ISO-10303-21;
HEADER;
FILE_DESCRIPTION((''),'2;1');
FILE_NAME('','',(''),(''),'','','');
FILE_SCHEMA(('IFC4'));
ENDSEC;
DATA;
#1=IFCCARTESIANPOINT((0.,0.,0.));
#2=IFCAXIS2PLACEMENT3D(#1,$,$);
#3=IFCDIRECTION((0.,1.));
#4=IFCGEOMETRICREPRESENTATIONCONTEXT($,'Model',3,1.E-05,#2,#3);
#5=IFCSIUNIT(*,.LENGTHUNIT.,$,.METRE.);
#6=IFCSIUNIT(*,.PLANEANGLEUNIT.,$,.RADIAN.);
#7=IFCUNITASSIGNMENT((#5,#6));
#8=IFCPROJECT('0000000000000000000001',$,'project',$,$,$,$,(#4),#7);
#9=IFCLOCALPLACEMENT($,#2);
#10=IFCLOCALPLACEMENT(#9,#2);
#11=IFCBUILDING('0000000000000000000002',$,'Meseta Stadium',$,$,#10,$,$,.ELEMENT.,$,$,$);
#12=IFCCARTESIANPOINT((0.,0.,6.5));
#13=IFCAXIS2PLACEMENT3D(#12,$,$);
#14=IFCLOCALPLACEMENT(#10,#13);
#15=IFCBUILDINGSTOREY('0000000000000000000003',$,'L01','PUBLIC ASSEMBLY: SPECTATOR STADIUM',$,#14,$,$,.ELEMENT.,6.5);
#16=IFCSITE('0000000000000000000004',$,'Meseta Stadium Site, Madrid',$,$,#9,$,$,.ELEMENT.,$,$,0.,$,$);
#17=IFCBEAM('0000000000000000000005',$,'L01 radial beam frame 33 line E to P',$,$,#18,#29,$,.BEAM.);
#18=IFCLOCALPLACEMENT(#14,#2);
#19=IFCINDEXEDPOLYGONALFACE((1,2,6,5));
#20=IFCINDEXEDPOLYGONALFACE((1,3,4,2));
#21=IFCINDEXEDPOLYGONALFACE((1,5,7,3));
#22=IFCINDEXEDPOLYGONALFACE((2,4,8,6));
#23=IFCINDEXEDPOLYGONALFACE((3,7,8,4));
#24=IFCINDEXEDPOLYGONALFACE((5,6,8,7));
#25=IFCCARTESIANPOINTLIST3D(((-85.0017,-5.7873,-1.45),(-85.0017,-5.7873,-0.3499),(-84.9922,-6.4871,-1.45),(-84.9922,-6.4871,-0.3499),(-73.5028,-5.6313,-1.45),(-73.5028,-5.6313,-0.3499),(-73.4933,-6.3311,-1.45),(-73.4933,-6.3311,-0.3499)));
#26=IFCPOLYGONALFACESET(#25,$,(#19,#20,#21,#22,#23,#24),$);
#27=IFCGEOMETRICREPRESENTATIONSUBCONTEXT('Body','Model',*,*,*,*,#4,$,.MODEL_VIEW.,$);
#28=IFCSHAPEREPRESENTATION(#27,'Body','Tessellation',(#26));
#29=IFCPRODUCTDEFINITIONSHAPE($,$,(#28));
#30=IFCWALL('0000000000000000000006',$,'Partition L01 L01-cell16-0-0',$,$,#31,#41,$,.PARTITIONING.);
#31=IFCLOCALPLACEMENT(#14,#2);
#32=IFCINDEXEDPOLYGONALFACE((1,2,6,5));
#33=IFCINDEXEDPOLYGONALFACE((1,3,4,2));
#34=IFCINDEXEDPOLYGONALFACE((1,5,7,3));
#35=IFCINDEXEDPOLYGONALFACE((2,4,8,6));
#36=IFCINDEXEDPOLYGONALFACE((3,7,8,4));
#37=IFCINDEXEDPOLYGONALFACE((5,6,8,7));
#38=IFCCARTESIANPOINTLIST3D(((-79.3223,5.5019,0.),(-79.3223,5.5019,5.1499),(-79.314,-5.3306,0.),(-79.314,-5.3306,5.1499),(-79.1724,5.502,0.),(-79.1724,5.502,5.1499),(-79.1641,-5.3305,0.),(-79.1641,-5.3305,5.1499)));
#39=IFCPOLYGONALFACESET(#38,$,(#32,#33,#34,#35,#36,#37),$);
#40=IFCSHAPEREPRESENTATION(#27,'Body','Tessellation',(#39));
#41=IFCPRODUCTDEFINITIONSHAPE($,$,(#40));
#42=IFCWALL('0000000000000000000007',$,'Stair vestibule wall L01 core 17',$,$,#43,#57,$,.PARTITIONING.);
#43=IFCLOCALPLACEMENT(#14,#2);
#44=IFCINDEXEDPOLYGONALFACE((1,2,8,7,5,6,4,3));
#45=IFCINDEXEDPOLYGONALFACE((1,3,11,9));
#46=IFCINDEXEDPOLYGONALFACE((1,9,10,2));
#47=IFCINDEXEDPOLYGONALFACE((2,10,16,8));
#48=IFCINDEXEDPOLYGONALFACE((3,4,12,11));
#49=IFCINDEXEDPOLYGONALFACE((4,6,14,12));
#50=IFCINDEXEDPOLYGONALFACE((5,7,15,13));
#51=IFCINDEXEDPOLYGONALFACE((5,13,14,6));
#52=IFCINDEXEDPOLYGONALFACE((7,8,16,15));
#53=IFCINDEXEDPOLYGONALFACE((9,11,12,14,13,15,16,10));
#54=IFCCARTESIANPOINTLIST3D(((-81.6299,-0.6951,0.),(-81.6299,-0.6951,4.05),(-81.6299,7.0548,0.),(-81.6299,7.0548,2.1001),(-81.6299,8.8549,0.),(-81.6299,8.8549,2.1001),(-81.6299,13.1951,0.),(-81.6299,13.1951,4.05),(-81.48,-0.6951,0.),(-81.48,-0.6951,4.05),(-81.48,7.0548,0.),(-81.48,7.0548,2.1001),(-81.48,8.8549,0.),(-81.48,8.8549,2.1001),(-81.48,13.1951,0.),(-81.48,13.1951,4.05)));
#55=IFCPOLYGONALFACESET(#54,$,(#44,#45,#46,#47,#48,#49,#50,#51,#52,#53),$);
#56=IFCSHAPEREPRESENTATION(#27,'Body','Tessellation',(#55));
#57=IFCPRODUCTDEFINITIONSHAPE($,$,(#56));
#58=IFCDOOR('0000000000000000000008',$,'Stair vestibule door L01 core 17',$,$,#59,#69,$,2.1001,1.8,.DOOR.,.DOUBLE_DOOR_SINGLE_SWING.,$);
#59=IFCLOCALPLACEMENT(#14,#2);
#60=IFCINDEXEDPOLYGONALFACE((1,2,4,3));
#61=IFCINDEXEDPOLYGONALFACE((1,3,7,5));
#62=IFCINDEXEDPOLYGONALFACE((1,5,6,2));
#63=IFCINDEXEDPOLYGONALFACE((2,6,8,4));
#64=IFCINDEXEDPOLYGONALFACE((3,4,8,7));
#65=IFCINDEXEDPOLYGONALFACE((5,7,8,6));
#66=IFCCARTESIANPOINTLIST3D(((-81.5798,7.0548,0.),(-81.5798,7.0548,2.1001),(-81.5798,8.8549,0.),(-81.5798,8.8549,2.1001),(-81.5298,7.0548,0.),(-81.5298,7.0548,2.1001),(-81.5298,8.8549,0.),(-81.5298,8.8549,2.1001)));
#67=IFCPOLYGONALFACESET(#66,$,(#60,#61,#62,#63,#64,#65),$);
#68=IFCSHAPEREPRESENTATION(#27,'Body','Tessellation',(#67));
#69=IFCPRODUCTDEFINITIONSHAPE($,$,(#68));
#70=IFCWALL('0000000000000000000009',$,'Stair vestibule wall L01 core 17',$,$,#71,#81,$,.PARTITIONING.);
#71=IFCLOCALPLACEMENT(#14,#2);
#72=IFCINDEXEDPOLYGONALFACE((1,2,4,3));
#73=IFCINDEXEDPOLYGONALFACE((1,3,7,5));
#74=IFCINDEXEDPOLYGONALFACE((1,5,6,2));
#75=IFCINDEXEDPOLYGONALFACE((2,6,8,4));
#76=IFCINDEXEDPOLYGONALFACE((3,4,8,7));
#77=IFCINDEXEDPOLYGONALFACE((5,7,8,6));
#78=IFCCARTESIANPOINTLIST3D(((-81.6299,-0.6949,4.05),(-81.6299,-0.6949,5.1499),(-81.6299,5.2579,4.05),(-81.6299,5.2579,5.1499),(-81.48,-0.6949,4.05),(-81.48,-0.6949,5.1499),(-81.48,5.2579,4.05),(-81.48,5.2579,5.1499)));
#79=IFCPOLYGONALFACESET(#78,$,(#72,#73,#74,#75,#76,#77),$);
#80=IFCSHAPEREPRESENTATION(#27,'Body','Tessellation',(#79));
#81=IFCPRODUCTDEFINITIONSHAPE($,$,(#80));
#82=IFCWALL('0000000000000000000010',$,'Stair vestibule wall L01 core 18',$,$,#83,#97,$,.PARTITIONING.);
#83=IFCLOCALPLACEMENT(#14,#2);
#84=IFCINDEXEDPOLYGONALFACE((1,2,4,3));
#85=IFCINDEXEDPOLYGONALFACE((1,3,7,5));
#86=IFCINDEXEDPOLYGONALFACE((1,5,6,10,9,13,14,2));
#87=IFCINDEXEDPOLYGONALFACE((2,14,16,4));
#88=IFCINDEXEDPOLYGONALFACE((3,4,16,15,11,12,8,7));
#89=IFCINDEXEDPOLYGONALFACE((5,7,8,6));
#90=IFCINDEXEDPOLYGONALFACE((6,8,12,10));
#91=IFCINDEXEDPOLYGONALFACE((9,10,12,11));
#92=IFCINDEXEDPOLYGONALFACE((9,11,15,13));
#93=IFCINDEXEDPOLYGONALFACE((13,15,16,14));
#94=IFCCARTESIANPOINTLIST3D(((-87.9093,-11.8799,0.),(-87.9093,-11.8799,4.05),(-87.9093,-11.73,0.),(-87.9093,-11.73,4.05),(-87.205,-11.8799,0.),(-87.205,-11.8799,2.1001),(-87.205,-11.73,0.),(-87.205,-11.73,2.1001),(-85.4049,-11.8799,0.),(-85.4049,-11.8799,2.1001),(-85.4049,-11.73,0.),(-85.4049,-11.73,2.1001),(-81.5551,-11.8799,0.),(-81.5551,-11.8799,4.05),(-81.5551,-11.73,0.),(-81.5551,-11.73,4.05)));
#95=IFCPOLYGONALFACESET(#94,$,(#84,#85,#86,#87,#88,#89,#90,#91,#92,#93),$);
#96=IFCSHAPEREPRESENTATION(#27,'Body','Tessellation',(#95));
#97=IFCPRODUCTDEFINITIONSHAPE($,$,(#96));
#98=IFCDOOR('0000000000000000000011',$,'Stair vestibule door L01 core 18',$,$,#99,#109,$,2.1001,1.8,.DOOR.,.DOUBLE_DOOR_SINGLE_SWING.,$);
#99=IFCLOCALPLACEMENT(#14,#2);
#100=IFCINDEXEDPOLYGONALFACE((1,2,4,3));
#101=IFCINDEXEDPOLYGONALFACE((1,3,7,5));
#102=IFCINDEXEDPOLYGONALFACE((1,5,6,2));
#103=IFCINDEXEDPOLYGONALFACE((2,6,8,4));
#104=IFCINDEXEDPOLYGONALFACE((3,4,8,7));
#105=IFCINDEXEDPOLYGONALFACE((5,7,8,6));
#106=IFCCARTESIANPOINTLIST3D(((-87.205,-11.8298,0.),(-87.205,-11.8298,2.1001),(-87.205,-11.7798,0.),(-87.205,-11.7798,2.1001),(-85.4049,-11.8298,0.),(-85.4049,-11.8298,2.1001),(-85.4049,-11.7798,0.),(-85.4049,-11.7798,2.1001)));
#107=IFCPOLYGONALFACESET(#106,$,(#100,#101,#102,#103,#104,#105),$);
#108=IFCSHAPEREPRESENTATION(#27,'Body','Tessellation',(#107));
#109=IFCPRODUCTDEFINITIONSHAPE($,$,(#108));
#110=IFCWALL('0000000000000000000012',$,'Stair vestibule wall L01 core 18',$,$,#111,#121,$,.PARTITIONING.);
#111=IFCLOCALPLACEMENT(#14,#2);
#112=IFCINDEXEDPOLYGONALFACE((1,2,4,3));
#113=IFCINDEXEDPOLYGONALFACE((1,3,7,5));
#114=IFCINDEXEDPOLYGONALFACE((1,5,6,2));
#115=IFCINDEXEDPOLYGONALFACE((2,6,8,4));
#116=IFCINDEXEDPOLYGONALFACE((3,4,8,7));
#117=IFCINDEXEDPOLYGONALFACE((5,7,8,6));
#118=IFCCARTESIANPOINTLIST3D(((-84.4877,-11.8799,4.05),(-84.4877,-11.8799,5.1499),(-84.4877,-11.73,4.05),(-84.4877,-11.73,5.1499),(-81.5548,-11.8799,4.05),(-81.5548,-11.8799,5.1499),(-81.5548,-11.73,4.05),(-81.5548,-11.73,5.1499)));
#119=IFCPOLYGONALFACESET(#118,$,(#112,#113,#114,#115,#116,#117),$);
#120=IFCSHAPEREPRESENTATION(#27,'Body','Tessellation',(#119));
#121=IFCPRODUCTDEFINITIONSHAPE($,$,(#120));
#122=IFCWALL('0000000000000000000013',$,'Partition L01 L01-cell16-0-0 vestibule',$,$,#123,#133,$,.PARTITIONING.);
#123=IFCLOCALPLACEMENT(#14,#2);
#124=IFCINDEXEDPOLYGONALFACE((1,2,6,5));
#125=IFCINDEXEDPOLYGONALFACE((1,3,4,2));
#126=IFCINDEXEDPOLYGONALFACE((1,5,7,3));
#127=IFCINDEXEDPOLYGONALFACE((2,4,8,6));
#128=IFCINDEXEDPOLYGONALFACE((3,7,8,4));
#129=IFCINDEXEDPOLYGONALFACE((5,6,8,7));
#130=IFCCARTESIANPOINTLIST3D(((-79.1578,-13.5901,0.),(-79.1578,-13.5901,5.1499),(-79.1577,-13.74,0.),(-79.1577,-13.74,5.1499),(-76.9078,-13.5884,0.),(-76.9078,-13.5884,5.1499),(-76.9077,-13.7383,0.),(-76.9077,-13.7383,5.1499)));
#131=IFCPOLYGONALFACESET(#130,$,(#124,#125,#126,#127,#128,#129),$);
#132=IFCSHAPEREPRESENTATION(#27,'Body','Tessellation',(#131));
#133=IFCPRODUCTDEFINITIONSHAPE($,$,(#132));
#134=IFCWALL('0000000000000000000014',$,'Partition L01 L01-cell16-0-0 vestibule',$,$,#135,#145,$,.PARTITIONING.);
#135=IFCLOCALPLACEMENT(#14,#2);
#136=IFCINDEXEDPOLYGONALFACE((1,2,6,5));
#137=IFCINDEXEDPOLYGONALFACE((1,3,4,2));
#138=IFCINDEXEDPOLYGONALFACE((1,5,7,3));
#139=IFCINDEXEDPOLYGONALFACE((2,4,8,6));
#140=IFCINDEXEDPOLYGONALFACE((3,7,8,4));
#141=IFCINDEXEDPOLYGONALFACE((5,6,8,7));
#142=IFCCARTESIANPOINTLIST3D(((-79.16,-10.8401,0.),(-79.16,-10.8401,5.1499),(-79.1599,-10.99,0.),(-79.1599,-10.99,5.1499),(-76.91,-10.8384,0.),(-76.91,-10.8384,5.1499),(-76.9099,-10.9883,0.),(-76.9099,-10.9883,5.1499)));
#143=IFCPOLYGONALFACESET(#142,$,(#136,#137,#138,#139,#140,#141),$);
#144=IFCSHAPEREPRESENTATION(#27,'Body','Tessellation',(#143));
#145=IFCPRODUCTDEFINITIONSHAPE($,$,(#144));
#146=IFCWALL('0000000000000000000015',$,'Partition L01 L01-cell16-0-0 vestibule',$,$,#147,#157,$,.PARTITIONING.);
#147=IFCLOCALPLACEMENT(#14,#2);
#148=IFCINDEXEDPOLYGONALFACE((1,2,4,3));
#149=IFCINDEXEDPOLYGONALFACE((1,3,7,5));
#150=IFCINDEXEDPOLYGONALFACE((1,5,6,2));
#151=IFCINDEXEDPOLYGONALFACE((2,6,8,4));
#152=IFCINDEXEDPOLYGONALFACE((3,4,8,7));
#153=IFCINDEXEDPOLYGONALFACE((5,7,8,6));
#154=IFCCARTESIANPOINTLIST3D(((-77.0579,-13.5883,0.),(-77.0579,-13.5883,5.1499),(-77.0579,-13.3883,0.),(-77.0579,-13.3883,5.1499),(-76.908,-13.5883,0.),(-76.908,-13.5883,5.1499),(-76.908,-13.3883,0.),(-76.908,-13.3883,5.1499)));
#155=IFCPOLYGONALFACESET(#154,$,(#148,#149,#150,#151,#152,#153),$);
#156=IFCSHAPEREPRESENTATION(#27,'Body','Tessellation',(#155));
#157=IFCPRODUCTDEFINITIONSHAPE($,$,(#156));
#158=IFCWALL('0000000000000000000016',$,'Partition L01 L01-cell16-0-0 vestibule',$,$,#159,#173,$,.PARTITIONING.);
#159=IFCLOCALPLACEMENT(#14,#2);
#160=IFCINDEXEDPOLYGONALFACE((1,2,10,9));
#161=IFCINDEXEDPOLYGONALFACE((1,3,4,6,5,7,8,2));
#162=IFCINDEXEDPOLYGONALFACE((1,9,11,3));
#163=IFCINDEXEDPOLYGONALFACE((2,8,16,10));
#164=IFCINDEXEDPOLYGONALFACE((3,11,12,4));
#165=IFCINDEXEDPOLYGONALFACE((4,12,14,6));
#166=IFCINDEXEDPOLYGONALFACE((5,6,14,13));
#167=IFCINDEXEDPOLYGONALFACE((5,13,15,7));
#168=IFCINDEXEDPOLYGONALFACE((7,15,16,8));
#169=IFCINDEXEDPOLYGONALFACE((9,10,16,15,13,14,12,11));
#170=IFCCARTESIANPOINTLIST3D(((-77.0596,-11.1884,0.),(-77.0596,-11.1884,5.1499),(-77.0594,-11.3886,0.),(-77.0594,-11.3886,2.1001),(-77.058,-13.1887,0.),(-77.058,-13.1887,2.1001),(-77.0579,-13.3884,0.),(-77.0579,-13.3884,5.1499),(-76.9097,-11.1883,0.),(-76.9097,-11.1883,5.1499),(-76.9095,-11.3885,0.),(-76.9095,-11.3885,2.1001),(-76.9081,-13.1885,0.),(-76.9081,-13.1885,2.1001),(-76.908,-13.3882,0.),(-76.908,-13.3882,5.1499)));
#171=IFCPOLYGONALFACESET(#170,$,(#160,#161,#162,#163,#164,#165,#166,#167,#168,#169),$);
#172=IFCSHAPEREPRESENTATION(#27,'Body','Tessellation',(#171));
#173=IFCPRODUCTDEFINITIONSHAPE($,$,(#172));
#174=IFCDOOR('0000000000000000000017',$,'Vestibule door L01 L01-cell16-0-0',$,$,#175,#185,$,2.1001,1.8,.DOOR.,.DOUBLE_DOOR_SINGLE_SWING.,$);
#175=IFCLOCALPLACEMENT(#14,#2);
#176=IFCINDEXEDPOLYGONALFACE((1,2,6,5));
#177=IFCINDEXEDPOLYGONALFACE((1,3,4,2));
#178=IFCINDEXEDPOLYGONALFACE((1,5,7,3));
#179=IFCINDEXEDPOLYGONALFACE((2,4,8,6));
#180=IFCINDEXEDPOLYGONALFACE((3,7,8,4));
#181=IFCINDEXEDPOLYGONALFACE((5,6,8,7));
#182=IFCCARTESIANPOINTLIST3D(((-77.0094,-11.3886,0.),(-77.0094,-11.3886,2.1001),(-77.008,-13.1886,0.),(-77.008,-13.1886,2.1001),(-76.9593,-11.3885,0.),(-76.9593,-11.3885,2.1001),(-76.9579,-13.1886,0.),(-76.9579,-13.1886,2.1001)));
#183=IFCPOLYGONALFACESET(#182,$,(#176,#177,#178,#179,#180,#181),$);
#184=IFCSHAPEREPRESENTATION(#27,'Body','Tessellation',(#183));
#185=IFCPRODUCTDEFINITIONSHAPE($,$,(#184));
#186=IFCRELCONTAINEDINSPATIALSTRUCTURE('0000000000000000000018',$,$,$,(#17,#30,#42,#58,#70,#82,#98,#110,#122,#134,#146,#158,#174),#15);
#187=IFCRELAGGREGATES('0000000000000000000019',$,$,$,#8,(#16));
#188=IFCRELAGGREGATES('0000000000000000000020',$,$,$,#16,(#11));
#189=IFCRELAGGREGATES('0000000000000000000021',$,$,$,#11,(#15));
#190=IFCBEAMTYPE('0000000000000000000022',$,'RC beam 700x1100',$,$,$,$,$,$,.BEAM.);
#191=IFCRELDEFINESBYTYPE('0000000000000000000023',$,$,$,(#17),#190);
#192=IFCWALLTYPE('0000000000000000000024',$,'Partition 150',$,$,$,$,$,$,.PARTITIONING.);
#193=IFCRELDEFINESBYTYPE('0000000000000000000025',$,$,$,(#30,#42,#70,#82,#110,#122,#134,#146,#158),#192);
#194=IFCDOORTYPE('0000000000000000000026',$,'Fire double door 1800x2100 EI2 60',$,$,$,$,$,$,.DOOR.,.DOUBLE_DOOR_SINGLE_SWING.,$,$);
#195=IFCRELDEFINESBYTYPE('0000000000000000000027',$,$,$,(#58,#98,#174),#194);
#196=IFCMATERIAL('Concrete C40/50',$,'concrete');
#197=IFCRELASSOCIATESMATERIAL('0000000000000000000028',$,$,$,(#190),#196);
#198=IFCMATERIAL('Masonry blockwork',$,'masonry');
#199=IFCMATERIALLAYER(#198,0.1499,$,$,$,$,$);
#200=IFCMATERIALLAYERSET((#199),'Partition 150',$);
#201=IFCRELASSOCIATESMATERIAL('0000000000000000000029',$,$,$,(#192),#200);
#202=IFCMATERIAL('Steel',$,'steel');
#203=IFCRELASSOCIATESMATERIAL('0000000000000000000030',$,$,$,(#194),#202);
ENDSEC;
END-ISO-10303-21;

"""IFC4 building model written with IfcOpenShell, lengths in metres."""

from ifc_helpers import new_model, si_unit, direction, frame, frame_2d, origin, origin_2d, place, context, subcontext, project, spatial, rectangle, extrude, material, layer, layer_set, material_profile, profile_set, type_object, element, fill, save


model = new_model("IFC4")

# Units and contexts
model_context = context("Model", 3, precision=1e-05, world=origin(), true_north=direction((0.0, 1.0)))
body_context = subcontext(model_context, "Body", "Model", "MODEL_VIEW")
ifc_project = project(units=[si_unit("LENGTHUNIT", "METRE"), si_unit("PLANEANGLEUNIT", "RADIAN")], contexts=[model_context])

# Site, building, storey
site_placement = place(None, origin())
site = spatial("IfcSite", under=ifc_project, at=site_placement, Name="Meseta Stadium Site, Madrid", CompositionType="ELEMENT", RefElevation=0.0)
building_placement = place(site_placement, origin())
building = spatial("IfcBuilding", under=site, at=building_placement, Name="Meseta Stadium", CompositionType="ELEMENT")
storey_placement = place(building_placement, frame((0.0, 0.0, 6.5)))
storey = spatial("IfcBuildingStorey", under=building, at=storey_placement, Name="L01", Description="PUBLIC ASSEMBLY: SPECTATOR STADIUM", CompositionType="ELEMENT", Elevation=6.5)

# Beam
ifc_material_1 = material(Name="Concrete C40/50", Category="concrete")
ifc_material_profile_1 = material_profile(ifc_material_1, rectangle(XDim=0.7, YDim=1.1001, at=origin_2d()), Name="RC 700x1100")
ifc_profile_set_1 = profile_set([ifc_material_profile_1], Name="Concrete C40/50")
beam_type_1 = type_object("IfcBeamType", Name="RC beam 700x1100", PredefinedType="BEAM", material=ifc_profile_set_1)
beam_1_placement = place(storey_placement, frame((-73.498, -5.9812, -0.8999), z_axis=(-0.999908, -0.013566, 0.0), x_axis=(0.013566, -0.999908, 0.0)))
element("IfcBeam", 1, at=beam_1_placement, inside=storey, type_object=beam_type_1, Name="L01 radial beam frame 33 line E to P", PredefinedType="BEAM", context=body_context, shape_type="SweptSolid", body=[
    extrude(rectangle(XDim=0.7, YDim=1.1001, at=origin_2d()), origin(), (0.0, 0.0, 1.0), 11.5),
])

# Wall
ifc_material_2 = material(Name="Masonry blockwork", Category="masonry")
ifc_layer = layer(ifc_material_2, 0.1499)
ifc_layer_set = layer_set([ifc_layer], Name="Partition 150")
wall_type = type_object("IfcWallType", Name="Partition 150", PredefinedType="PARTITIONING", material=ifc_layer_set)
wall_1_placement = place(storey_placement, frame((-79.239, -5.3306, 0.0), z_axis=(0.0, 0.0, 1.0), x_axis=(-0.000766, 1.0, 0.0)))
element("IfcWall", 2, at=wall_1_placement, inside=storey, type_object=wall_type, Name="Partition L01 L01-cell16-0-0", PredefinedType="PARTITIONING", context=body_context, shape_type="SweptSolid", body=[
    extrude(rectangle(XDim=10.8325, YDim=0.1499, at=frame_2d((5.4163, 0.0))), origin(), (0.0, 0.0, 1.0), 5.1499),
])

# Wall, opening, door
wall_2_placement = place(storey_placement, frame((-81.5549, -0.6951, 0.0), z_axis=(0.0, 0.0, 1.0), x_axis=(0.0, 1.0, 0.0)))
wall_2 = element("IfcWall", 3, at=wall_2_placement, inside=storey, type_object=wall_type, Name="Stair vestibule wall L01 core 17", PredefinedType="PARTITIONING", context=body_context, shape_type="SweptSolid", body=[
    extrude(rectangle(XDim=13.8901, YDim=0.1499, at=frame_2d((6.9451, 0.0))), origin(), (0.0, 0.0, 1.0), 4.05),
])
opening_1_placement = place(wall_2_placement, frame((7.75, 0.0, 0.0)))
opening_1 = element("IfcOpeningElement", 4, at=opening_1_placement, cuts=wall_2, PredefinedType="OPENING", context=body_context, shape_type="SweptSolid", body=[
    extrude(rectangle(XDim=1.8, YDim=2.1001, at=frame_2d((0.8999, 1.05))), frame((0.0, 0.085, 0.0), z_axis=(0.0, -1.0, 0.0), x_axis=(1.0, 0.0, 0.0)), (0.0, 0.0, 1.0), 0.1699),
])
ifc_material_3 = material(Name="Steel", Category="steel")
door_type = type_object("IfcDoorType", Name="Fire double door 1800x2100 EI2 60", OperationType="DOUBLE_DOOR_SINGLE_SWING", PredefinedType="DOOR", material=ifc_material_3)
door_1_placement = place(opening_1_placement, origin())
door_1 = element("IfcDoor", 5, at=door_1_placement, inside=storey, type_object=door_type, Name="Stair vestibule door L01 core 17", OperationType="DOUBLE_DOOR_SINGLE_SWING", OverallHeight=2.1001, OverallWidth=1.8, PredefinedType="DOOR", context=body_context, shape_type="SweptSolid", body=[
    extrude(rectangle(XDim=1.8, YDim=2.1001, at=frame_2d((0.8999, 1.05))), frame((0.0, 0.0249, 0.0), z_axis=(0.0, -1.0, 0.0), x_axis=(1.0, 0.0, 0.0)), (0.0, 0.0, 1.0), 0.05),
])
fill(opening_1, door_1)

# Wall
wall_3_placement = place(storey_placement, frame((-81.5549, -0.6951, 4.05), z_axis=(0.0, 0.0, 1.0), x_axis=(0.0, 1.0, 0.0)))
element("IfcWall", 6, at=wall_3_placement, inside=storey, type_object=wall_type, Name="Stair vestibule wall L01 core 17", PredefinedType="PARTITIONING", context=body_context, shape_type="SweptSolid", body=[
    extrude(rectangle(XDim=5.9529, YDim=0.1499, at=frame_2d((2.9766, 0.0))), origin(), (0.0, 0.0, 1.0), 1.0999),
])

# Wall, opening, door
wall_4_placement = place(storey_placement, frame((-81.5549, -11.8049, 0.0), z_axis=(0.0, 0.0, 1.0), x_axis=(-1.0, 0.0, 0.0)))
wall_4 = element("IfcWall", 7, at=wall_4_placement, inside=storey, type_object=wall_type, Name="Stair vestibule wall L01 core 18", PredefinedType="PARTITIONING", context=body_context, shape_type="SweptSolid", body=[
    extrude(rectangle(XDim=6.3542, YDim=0.1499, at=frame_2d((3.1772, 0.0))), origin(), (0.0, 0.0, 1.0), 4.05),
])
opening_2_placement = place(wall_4_placement, frame((3.8501, 0.0, 0.0)))
opening_2 = element("IfcOpeningElement", 8, at=opening_2_placement, cuts=wall_4, PredefinedType="OPENING", context=body_context, shape_type="SweptSolid", body=[
    extrude(rectangle(XDim=1.8, YDim=2.1001, at=frame_2d((0.8999, 1.05))), frame((0.0, 0.085, 0.0), z_axis=(0.0, -1.0, 0.0), x_axis=(1.0, 0.0, 0.0)), (0.0, 0.0, 1.0), 0.1699),
])
door_2_placement = place(opening_2_placement, origin())
door_2 = element("IfcDoor", 9, at=door_2_placement, inside=storey, type_object=door_type, Name="Stair vestibule door L01 core 18", OperationType="DOUBLE_DOOR_SINGLE_SWING", OverallHeight=2.1001, OverallWidth=1.8, PredefinedType="DOOR", context=body_context, shape_type="SweptSolid", body=[
    extrude(rectangle(XDim=1.8, YDim=2.1001, at=frame_2d((0.8999, 1.05))), frame((0.0, 0.0249, 0.0), z_axis=(0.0, -1.0, 0.0), x_axis=(1.0, 0.0, 0.0)), (0.0, 0.0, 1.0), 0.05),
])
fill(opening_2, door_2)

# Walls
wall_5_placement = place(storey_placement, frame((-81.5549, -11.8049, 4.05), z_axis=(0.0, 0.0, 1.0), x_axis=(-1.0, 0.0, 0.0)))
element("IfcWall", 10, at=wall_5_placement, inside=storey, type_object=wall_type, Name="Stair vestibule wall L01 core 18", PredefinedType="PARTITIONING", context=body_context, shape_type="SweptSolid", body=[
    extrude(rectangle(XDim=2.9329, YDim=0.1499, at=frame_2d((1.4663, 0.0))), origin(), (0.0, 0.0, 1.0), 1.0999),
])
for number, where, z_axis, x_axis, name in (
    (11, (-79.1577, -13.665, 0.0), (0.0, 0.0, 1.0), (1.0, 0.00076, 0.0), "Partition L01 L01-cell16-0-0 vestibule"),
    (12, (-79.1599, -10.915, 0.0), (0.0, 0.0, 1.0), (1.0, 0.00076, 0.0), "Partition L01 L01-cell16-0-0 vestibule"),
):
    element("IfcWall", number, at=place(storey_placement, frame(where, z_axis=z_axis, x_axis=x_axis)), inside=storey, type_object=wall_type, Name=name, PredefinedType="PARTITIONING", context=body_context, shape_type="SweptSolid", body=[
        extrude(rectangle(XDim=2.25, YDim=0.1499, at=frame_2d((1.125, 0.0))), origin(), (0.0, 0.0, 1.0), 5.1499),
    ])
wall_6_placement = place(storey_placement, frame((-76.9829, -13.5884, 0.0), z_axis=(0.0, 0.0, 1.0), x_axis=(0.0, 1.0, 0.0)))
element("IfcWall", 13, at=wall_6_placement, inside=storey, type_object=wall_type, Name="Partition L01 L01-cell16-0-0 vestibule", PredefinedType="PARTITIONING", context=body_context, shape_type="SweptSolid", body=[
    extrude(rectangle(XDim=0.2, YDim=0.1499, at=frame_2d((0.1001, 0.0))), origin(), (0.0, 0.0, 1.0), 5.1499),
])

# Wall, opening, door
wall_7_placement = place(storey_placement, frame((-76.9829, -13.3884, 0.0), z_axis=(0.0, 0.0, 1.0), x_axis=(-0.000777, 1.0, 0.0)))
wall_7 = element("IfcWall", 14, at=wall_7_placement, inside=storey, type_object=wall_type, Name="Partition L01 L01-cell16-0-0 vestibule", PredefinedType="PARTITIONING", context=body_context, shape_type="SweptSolid", body=[
    extrude(rectangle(XDim=2.2, YDim=0.1499, at=frame_2d((1.1001, 0.0))), origin(), (0.0, 0.0, 1.0), 5.1499),
])
opening_3_placement = place(wall_7_placement, frame((0.2, 0.0, 0.0)))
opening_3 = element("IfcOpeningElement", 15, at=opening_3_placement, cuts=wall_7, PredefinedType="OPENING", context=body_context, shape_type="SweptSolid", body=[
    extrude(rectangle(XDim=1.8, YDim=2.1001, at=frame_2d((0.8999, 1.05))), frame((0.0, 0.085, 0.0), z_axis=(0.0, -1.0, 0.0), x_axis=(1.0, 0.0, 0.0)), (0.0, 0.0, 1.0), 0.1699),
])
door_3_placement = place(opening_3_placement, origin())
door_3 = element("IfcDoor", 16, at=door_3_placement, inside=storey, type_object=door_type, Name="Vestibule door L01 L01-cell16-0-0", OperationType="DOUBLE_DOOR_SINGLE_SWING", OverallHeight=2.1001, OverallWidth=1.8, PredefinedType="DOOR", context=body_context, shape_type="SweptSolid", body=[
    extrude(rectangle(XDim=1.8, YDim=2.1001, at=frame_2d((0.8999, 1.05))), frame((0.0, 0.0249, 0.0), z_axis=(0.0, -1.0, 0.0), x_axis=(1.0, 0.0, 0.0)), (0.0, 0.0, 1.0), 0.05),
])
fill(opening_3, door_3)

save(model, "model.ifc")
